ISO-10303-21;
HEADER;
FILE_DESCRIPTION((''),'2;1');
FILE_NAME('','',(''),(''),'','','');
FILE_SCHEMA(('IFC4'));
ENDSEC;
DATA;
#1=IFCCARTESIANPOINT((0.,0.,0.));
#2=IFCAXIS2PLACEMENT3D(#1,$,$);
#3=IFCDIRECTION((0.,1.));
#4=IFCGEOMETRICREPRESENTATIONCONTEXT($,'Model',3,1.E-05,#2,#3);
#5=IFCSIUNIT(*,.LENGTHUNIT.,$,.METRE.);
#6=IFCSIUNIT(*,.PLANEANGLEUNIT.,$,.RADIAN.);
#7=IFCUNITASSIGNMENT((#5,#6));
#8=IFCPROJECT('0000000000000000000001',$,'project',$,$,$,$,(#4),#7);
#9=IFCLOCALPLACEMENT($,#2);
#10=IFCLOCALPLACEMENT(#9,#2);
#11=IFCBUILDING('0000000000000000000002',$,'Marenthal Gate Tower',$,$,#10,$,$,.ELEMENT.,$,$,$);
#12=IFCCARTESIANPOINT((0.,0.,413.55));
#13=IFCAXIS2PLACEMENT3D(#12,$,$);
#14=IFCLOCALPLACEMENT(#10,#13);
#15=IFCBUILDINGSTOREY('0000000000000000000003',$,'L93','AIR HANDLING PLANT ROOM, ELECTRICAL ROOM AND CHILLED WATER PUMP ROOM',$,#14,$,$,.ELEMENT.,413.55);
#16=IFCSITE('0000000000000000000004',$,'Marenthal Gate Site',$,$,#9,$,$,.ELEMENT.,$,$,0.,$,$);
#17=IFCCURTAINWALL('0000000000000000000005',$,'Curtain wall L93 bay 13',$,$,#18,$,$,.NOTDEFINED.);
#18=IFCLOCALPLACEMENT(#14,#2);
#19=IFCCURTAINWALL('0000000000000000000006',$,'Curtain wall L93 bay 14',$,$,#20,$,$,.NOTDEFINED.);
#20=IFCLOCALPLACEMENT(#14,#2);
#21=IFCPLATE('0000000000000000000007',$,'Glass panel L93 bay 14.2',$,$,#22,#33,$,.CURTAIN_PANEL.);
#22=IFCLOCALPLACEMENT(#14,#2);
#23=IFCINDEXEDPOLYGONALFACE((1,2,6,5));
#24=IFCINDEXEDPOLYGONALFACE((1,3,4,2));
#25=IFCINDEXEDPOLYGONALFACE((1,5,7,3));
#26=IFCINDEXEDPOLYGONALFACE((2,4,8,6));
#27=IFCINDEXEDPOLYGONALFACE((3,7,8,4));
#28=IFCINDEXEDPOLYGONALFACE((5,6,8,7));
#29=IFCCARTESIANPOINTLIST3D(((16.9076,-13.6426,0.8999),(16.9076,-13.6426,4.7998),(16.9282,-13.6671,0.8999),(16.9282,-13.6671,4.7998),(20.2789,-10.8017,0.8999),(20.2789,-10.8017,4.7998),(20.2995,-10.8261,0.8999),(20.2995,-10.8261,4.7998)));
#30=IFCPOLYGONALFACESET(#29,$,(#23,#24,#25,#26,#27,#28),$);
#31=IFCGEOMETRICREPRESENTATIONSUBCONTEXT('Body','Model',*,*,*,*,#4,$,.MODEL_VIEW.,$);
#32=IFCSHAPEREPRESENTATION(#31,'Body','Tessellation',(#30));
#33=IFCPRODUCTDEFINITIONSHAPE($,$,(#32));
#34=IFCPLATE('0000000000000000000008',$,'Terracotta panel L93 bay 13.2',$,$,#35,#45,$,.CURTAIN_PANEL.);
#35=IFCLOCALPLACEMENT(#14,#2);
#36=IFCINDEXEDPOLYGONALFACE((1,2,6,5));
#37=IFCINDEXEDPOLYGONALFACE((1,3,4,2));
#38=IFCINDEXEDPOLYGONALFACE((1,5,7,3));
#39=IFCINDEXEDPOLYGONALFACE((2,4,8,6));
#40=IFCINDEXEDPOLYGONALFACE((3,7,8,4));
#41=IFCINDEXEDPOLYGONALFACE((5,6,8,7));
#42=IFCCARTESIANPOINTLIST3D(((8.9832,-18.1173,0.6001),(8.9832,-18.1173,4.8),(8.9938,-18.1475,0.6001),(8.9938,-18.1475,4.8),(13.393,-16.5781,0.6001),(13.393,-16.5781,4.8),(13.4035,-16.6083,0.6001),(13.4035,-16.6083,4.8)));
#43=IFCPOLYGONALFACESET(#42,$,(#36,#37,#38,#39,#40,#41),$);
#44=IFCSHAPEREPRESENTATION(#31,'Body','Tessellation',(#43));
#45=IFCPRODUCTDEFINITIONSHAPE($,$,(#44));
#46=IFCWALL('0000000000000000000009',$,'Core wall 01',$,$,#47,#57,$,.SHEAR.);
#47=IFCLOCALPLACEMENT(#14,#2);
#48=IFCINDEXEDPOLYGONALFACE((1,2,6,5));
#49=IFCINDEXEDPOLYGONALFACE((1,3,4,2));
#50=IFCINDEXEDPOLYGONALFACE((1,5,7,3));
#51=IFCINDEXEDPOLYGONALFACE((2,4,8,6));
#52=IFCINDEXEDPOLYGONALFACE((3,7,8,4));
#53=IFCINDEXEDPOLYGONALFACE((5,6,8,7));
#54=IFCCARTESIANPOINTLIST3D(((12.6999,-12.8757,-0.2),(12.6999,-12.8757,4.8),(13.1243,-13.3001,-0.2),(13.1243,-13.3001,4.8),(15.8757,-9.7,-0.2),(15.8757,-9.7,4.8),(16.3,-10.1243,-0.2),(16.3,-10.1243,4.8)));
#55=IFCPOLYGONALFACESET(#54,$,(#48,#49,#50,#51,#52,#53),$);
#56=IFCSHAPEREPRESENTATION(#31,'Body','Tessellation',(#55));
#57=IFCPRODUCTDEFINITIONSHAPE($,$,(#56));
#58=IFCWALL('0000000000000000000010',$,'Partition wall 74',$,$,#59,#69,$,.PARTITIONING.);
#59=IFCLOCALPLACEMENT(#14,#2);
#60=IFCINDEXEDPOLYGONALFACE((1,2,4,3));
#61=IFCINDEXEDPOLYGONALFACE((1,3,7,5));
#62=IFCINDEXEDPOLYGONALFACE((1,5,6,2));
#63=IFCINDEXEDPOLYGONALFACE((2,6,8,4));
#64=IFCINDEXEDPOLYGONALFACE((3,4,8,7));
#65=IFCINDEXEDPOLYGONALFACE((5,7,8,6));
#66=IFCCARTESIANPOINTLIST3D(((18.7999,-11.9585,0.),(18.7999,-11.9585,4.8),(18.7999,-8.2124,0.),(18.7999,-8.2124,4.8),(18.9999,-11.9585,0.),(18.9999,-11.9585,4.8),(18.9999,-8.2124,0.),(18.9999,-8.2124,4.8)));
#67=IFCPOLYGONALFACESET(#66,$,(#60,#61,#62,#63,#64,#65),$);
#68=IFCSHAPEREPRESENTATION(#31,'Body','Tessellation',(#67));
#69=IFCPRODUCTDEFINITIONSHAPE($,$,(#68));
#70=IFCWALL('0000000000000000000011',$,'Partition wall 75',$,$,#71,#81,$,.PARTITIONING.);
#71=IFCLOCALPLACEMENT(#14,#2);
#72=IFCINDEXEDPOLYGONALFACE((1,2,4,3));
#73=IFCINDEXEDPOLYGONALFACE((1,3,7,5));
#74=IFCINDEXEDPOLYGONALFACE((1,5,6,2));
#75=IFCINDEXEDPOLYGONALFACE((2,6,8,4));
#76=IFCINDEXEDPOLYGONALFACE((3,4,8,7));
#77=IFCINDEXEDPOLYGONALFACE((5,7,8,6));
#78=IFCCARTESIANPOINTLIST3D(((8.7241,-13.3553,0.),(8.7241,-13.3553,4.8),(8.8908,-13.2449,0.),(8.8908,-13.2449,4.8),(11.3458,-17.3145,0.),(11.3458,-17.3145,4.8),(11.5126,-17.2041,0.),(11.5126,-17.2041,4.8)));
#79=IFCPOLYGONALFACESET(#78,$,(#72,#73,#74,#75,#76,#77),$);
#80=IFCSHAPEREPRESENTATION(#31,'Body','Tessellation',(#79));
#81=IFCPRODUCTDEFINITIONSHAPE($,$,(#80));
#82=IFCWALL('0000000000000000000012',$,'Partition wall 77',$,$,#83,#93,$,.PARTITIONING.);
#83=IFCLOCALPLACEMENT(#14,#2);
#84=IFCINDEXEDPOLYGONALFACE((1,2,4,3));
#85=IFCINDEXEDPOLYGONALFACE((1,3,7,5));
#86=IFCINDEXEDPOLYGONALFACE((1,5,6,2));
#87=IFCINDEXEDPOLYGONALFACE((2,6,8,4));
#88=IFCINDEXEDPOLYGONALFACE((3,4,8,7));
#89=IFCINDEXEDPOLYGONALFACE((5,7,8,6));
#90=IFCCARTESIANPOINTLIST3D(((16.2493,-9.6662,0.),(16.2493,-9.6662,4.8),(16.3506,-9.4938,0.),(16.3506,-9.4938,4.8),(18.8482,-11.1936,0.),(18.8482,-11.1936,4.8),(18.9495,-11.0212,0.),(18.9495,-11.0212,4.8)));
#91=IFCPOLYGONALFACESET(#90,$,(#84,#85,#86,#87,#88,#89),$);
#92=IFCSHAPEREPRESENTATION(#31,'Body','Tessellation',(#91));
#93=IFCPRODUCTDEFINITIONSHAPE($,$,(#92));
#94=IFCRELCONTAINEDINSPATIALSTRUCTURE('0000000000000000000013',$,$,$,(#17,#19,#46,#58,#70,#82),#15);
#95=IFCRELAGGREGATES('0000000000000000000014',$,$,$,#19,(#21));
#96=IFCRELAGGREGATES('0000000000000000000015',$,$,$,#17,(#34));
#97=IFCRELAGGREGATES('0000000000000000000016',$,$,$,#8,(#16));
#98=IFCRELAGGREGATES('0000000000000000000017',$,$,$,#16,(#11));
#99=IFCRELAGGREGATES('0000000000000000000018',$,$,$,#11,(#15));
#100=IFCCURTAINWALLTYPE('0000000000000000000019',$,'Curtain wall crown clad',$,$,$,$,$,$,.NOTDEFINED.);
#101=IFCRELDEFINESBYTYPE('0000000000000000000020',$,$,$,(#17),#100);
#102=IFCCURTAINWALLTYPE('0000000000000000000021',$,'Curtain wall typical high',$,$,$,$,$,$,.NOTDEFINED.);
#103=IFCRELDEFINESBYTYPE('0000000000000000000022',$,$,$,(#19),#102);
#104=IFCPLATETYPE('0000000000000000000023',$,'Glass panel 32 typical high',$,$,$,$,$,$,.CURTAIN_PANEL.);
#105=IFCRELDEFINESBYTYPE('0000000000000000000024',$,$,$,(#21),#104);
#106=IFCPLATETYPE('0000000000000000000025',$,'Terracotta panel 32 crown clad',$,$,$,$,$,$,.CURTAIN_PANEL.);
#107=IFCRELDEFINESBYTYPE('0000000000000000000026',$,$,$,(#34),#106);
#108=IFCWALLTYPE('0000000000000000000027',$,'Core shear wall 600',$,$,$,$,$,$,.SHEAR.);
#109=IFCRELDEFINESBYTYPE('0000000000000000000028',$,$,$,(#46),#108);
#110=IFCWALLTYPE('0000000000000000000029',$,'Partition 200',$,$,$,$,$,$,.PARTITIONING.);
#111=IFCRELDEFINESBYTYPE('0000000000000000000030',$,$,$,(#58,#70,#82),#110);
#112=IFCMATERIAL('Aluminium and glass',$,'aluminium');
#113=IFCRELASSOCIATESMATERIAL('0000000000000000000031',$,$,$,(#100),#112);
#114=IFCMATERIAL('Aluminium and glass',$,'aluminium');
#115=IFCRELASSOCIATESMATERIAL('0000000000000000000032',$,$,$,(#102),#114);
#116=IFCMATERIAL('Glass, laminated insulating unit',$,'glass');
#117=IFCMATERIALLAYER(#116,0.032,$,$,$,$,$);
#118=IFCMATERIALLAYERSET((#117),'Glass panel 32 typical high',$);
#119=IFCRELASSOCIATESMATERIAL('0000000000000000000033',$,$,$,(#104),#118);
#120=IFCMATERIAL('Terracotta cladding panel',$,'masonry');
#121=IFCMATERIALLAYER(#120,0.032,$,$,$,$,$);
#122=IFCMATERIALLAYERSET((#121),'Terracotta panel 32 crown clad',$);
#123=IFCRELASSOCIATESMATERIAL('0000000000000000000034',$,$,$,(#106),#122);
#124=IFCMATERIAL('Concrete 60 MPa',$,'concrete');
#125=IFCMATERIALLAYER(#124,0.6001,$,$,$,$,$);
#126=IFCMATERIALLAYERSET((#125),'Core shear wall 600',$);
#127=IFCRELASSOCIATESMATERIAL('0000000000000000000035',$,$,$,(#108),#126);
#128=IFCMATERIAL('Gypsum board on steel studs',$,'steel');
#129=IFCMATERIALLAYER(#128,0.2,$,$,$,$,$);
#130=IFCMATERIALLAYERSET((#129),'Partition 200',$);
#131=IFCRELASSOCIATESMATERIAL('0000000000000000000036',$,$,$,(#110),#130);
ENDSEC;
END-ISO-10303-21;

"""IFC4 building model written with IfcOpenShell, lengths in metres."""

from ifc_helpers import new_model, si_unit, direction, frame, frame_2d, origin, origin_2d, place, context, subcontext, project, spatial, rectangle, extrude, material, layer, layer_set, type_object, element, aggregate, save


model = new_model("IFC4")

# Units and contexts
model_context = context("Model", 3, precision=1e-05, world=origin(), true_north=direction((0.0, 1.0)))
body_context = subcontext(model_context, "Body", "Model", "MODEL_VIEW")
ifc_project = project(units=[si_unit("LENGTHUNIT", "METRE"), si_unit("PLANEANGLEUNIT", "RADIAN")], contexts=[model_context])

# Site, building, storey
site_placement = place(None, origin())
site = spatial("IfcSite", under=ifc_project, at=site_placement, Name="Marenthal Gate Site", CompositionType="ELEMENT", RefElevation=0.0)
building_placement = place(site_placement, origin())
building = spatial("IfcBuilding", under=site, at=building_placement, Name="Marenthal Gate Tower", CompositionType="ELEMENT")
storey_placement = place(building_placement, frame((0.0, 0.0, 413.55)))
storey = spatial("IfcBuildingStorey", under=building, at=storey_placement, Name="L93", Description="AIR HANDLING PLANT ROOM, ELECTRICAL ROOM AND CHILLED WATER PUMP ROOM", CompositionType="ELEMENT", Elevation=413.55)

# Curtain wall
ifc_material_1 = material(Name="Aluminium and glass", Category="aluminium")
curtain_wall_type_1 = type_object("IfcCurtainWallType", Name="Curtain wall crown clad", PredefinedType="NOTDEFINED", material=ifc_material_1)
curtain_wall_1_placement = place(storey_placement, origin())
curtain_wall_1 = element("IfcCurtainWall", 1, at=curtain_wall_1_placement, inside=storey, type_object=curtain_wall_type_1, Name="Curtain wall L93 bay 13", PredefinedType="NOTDEFINED")

# Curtain wall
ifc_material_2 = material(Name="Aluminium and glass", Category="aluminium")
curtain_wall_type_2 = type_object("IfcCurtainWallType", Name="Curtain wall typical high", PredefinedType="NOTDEFINED", material=ifc_material_2)
curtain_wall_2_placement = place(storey_placement, origin())
curtain_wall_2 = element("IfcCurtainWall", 2, at=curtain_wall_2_placement, inside=storey, type_object=curtain_wall_type_2, Name="Curtain wall L93 bay 14", PredefinedType="NOTDEFINED")

# Plates
ifc_material_3 = material(Name="Glass, laminated insulating unit", Category="glass")
ifc_layer_1 = layer(ifc_material_3, 0.032)
ifc_layer_set_1 = layer_set([ifc_layer_1], Name="Glass panel 32 typical high")
plate_type_1 = type_object("IfcPlateType", Name="Glass panel 32 typical high", PredefinedType="CURTAIN_PANEL", material=ifc_layer_set_1)
plate_1_placement = place(storey_placement, frame((18.6035, -12.2344, 0.8999), z_axis=(0.0, 0.0, 1.0), x_axis=(0.764693, 0.644394, 0.0)))
plate_1 = element("IfcPlate", 3, at=plate_1_placement, type_object=plate_type_1, Name="Glass panel L93 bay 14.2", PredefinedType="CURTAIN_PANEL", context=body_context, shape_type="SweptSolid", body=[
    extrude(rectangle(XDim=4.4087, YDim=0.032, at=origin_2d()), origin(), (0.0, 0.0, 1.0), 3.8999),
])
aggregate(curtain_wall_2, [plate_1])
ifc_material_4 = material(Name="Terracotta cladding panel", Category="masonry")
ifc_layer_2 = layer(ifc_material_4, 0.032)
ifc_layer_set_2 = layer_set([ifc_layer_2], Name="Terracotta panel 32 crown clad")
plate_type_2 = type_object("IfcPlateType", Name="Terracotta panel 32 crown clad", PredefinedType="CURTAIN_PANEL", material=ifc_layer_set_2)
plate_2_placement = place(storey_placement, frame((11.1934, -17.3628, 0.6001), z_axis=(0.0, 0.0, 1.0), x_axis=(0.944135, 0.329559, 0.0)))
plate_2 = element("IfcPlate", 4, at=plate_2_placement, type_object=plate_type_2, Name="Terracotta panel L93 bay 13.2", PredefinedType="CURTAIN_PANEL", context=body_context, shape_type="SweptSolid", body=[
    extrude(rectangle(XDim=4.6707, YDim=0.032, at=origin_2d()), origin(), (0.0, 0.0, 1.0), 4.2),
])
aggregate(curtain_wall_1, [plate_2])

# Walls
ifc_material_5 = material(Name="Concrete 60 MPa", Category="concrete")
ifc_layer_3 = layer(ifc_material_5, 0.6001)
ifc_layer_set_3 = layer_set([ifc_layer_3], Name="Core shear wall 600")
wall_type_1 = type_object("IfcWallType", Name="Core shear wall 600", PredefinedType="SHEAR", material=ifc_layer_set_3)
wall_1_placement = place(storey_placement, frame((12.9121, -13.0879, -0.2), z_axis=(0.0, 0.0, 1.0), x_axis=(0.707107, 0.707107, 0.0)))
element("IfcWall", 5, at=wall_1_placement, inside=storey, type_object=wall_type_1, Name="Core wall 01", PredefinedType="SHEAR", context=body_context, shape_type="SweptSolid", body=[
    extrude(rectangle(XDim=4.4912, YDim=0.6001, at=frame_2d((2.2456, 0.0))), origin(), (0.0, 0.0, 1.0), 5.0),
])
ifc_material_6 = material(Name="Gypsum board on steel studs", Category="steel")
ifc_layer_4 = layer(ifc_material_6, 0.2)
ifc_layer_set_4 = layer_set([ifc_layer_4], Name="Partition 200")
wall_type_2 = type_object("IfcWallType", Name="Partition 200", PredefinedType="PARTITIONING", material=ifc_layer_set_4)
wall_2_placement = place(storey_placement, frame((18.8999, -11.9585, 0.0), z_axis=(0.0, 0.0, 1.0), x_axis=(0.0, 1.0, 0.0)))
element("IfcWall", 6, at=wall_2_placement, inside=storey, type_object=wall_type_2, Name="Partition wall 74", PredefinedType="PARTITIONING", context=body_context, shape_type="SweptSolid", body=[
    extrude(rectangle(XDim=3.7461, YDim=0.2, at=frame_2d((1.873, 0.0))), origin(), (0.0, 0.0, 1.0), 4.8),
])
wall_3_placement = place(storey_placement, frame((11.4292, -17.2593, 0.0), z_axis=(0.0, 0.0, 1.0), x_axis=(-0.552123, 0.833763, 0.0)))
element("IfcWall", 7, at=wall_3_placement, inside=storey, type_object=wall_type_2, Name="Partition wall 75", PredefinedType="PARTITIONING", context=body_context, shape_type="SweptSolid", body=[
    extrude(rectangle(XDim=4.7485, YDim=0.2, at=frame_2d((2.3743, 0.0))), origin(), (0.0, 0.0, 1.0), 4.8),
])
wall_4_placement = place(storey_placement, frame((18.8989, -11.1074, 0.0), z_axis=(0.0, 0.0, 1.0), x_axis=(-0.862138, 0.506673, 0.0)))
element("IfcWall", 8, at=wall_4_placement, inside=storey, type_object=wall_type_2, Name="Partition wall 77", PredefinedType="PARTITIONING", context=body_context, shape_type="SweptSolid", body=[
    extrude(rectangle(XDim=3.0144, YDim=0.2, at=frame_2d((1.5073, 0.0))), origin(), (0.0, 0.0, 1.0), 4.8),
])

save(model, "model.ifc")
